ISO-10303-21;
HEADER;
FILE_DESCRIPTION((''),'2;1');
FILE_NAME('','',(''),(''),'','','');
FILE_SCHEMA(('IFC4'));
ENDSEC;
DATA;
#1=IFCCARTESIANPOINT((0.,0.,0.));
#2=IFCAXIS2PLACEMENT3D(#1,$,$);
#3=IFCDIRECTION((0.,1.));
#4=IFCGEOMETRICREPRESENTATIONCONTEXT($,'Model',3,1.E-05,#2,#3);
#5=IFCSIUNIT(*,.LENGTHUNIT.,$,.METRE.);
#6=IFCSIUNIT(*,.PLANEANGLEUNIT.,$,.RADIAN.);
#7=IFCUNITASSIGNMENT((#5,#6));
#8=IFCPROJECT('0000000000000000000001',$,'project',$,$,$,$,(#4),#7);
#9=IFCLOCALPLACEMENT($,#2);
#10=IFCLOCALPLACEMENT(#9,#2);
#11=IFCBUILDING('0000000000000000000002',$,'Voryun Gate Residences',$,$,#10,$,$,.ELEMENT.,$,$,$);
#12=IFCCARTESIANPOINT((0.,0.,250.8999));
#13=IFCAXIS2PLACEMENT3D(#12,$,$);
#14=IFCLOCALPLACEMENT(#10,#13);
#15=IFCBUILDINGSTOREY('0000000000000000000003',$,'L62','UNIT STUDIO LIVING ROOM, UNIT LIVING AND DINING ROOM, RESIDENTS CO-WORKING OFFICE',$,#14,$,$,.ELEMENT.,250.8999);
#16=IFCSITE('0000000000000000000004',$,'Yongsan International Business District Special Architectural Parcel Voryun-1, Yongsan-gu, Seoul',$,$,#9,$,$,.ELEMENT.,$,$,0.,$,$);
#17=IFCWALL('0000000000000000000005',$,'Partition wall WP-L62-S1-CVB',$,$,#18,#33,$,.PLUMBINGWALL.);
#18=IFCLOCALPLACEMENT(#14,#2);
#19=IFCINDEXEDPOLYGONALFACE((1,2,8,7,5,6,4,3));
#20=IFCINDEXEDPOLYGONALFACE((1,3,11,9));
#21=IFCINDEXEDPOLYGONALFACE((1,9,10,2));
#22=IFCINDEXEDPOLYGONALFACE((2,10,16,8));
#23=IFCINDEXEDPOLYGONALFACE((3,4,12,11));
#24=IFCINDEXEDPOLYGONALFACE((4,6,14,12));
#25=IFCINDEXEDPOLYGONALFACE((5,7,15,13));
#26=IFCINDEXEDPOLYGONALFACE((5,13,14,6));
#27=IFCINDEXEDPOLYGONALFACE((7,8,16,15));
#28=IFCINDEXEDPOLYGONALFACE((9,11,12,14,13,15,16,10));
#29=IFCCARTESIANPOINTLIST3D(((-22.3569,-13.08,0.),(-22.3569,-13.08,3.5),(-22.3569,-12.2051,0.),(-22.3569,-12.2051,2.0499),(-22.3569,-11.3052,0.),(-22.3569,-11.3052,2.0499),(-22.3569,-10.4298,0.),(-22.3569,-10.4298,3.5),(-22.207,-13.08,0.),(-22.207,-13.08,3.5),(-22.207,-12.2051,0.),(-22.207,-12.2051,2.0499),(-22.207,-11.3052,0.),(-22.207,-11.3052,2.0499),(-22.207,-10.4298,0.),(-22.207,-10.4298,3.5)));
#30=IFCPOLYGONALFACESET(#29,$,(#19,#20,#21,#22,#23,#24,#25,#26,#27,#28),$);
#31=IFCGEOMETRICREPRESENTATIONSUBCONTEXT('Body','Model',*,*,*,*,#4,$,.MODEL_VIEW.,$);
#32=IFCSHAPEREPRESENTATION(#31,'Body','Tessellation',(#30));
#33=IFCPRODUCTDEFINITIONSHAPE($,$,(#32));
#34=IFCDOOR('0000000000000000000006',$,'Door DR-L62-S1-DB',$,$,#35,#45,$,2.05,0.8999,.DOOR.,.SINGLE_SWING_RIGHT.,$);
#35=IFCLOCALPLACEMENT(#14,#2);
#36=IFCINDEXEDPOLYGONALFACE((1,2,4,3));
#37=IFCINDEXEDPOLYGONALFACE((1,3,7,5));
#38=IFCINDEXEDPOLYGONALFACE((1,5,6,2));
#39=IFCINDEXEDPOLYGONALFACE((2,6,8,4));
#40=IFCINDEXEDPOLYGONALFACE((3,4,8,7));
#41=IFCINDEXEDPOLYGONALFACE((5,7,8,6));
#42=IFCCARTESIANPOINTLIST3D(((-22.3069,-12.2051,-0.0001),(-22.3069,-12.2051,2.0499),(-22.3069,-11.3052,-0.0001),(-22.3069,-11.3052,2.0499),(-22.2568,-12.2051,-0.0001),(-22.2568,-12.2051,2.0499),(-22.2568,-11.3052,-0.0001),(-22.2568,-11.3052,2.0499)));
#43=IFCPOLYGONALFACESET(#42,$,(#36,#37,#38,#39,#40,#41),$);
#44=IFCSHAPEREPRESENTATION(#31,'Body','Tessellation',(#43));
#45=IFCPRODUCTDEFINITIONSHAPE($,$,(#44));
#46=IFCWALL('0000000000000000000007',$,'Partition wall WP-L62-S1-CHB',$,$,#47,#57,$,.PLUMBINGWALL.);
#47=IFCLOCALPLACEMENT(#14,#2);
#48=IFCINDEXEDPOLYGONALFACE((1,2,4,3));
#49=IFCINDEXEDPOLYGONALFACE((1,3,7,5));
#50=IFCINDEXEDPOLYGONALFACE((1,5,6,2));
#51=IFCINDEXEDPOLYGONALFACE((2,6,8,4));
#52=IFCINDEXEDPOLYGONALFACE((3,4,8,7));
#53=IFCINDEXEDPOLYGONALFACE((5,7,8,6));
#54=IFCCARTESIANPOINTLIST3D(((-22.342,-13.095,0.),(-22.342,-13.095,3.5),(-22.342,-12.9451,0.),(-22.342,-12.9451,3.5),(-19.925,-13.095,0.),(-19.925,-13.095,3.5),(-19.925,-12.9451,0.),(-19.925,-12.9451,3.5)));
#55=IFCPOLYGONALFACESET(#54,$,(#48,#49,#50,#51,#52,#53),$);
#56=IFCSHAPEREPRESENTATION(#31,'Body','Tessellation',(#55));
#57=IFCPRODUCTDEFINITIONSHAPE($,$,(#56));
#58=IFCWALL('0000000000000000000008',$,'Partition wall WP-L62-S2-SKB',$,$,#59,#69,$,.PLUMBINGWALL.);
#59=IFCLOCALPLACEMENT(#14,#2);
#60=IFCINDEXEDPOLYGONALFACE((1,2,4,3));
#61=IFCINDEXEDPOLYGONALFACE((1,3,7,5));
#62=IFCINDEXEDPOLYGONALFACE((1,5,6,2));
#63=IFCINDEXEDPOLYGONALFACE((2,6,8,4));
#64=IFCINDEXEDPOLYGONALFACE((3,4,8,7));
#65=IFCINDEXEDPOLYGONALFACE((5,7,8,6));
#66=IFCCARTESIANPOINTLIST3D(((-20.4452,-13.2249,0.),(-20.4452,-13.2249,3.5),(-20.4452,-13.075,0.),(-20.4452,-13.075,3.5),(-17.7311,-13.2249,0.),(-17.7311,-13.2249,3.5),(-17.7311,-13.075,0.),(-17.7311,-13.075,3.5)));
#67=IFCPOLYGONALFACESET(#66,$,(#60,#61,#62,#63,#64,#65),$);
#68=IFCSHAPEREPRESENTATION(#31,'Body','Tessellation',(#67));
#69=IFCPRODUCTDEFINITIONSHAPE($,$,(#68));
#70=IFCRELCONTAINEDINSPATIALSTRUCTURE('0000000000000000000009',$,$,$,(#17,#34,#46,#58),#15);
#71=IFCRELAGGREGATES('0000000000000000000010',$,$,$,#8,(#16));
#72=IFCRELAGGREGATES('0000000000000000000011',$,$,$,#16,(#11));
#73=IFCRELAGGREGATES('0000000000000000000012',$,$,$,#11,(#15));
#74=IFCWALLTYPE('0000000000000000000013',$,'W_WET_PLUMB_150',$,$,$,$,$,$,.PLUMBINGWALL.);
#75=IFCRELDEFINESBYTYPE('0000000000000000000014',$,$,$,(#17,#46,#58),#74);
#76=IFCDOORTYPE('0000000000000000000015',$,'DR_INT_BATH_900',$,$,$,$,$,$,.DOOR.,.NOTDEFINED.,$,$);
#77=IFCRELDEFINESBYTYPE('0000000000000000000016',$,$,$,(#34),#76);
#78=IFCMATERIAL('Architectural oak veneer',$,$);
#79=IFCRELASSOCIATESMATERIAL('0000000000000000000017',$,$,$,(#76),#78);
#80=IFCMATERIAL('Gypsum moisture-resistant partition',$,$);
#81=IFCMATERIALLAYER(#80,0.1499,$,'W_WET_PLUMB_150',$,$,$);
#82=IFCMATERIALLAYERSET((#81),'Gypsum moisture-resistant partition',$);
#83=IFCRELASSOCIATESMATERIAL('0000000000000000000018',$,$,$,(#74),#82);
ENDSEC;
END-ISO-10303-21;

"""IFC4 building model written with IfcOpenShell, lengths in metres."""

from ifc_helpers import new_model, si_unit, direction, frame, frame_2d, origin, place, context, subcontext, project, spatial, rectangle, extrude, material, layer, layer_set, type_object, element, fill, save


model = new_model("IFC4")

# Units and contexts
model_context = context("Model", 3, precision=1e-05, world=origin(), true_north=direction((0.0, 1.0)))
body_context = subcontext(model_context, "Body", "Model", "MODEL_VIEW")
ifc_project = project(units=[si_unit("LENGTHUNIT", "METRE"), si_unit("PLANEANGLEUNIT", "RADIAN")], contexts=[model_context])

# Site, building, storey
site_placement = place(None, origin())
site = spatial("IfcSite", under=ifc_project, at=site_placement, Name="Yongsan International Business District Special Architectural Parcel Voryun-1, Yongsan-gu, Seoul", CompositionType="ELEMENT", RefElevation=0.0)
building_placement = place(site_placement, origin())
building = spatial("IfcBuilding", under=site, at=building_placement, Name="Voryun Gate Residences", CompositionType="ELEMENT")
storey_placement = place(building_placement, frame((0.0, 0.0, 250.8999)))
storey = spatial("IfcBuildingStorey", under=building, at=storey_placement, Name="L62", Description="UNIT STUDIO LIVING ROOM, UNIT LIVING AND DINING ROOM, RESIDENTS CO-WORKING OFFICE", CompositionType="ELEMENT", Elevation=250.8999)

# Shared definitions
ifc_material_1 = material(Name="Architectural oak veneer")
door_type = type_object("IfcDoorType", Name="DR_INT_BATH_900", OperationType="NOTDEFINED", PredefinedType="DOOR", material=ifc_material_1)

# Wall, opening, door
ifc_material_2 = material(Name="Gypsum moisture-resistant partition")
ifc_layer_1 = layer(ifc_material_2, 0.1499, Name="W_WET_PLUMB_150")
ifc_layer_set_1 = layer_set([ifc_layer_1], Name="Gypsum moisture-resistant partition")
wall_type_1 = type_object("IfcWallType", Name="W_WET_PLUMB_150", PredefinedType="PLUMBINGWALL", material=ifc_layer_set_1)
wall_1_placement = place(storey_placement, frame((-22.282, -13.0801, 0.0), z_axis=(0.0, 0.0, 1.0), x_axis=(0.0, 1.0, 0.0)))
wall_1 = element("IfcWall", 1, at=wall_1_placement, inside=storey, type_object=wall_type_1, Name="Partition wall WP-L62-S1-CVB", PredefinedType="PLUMBINGWALL", context=body_context, shape_type="SweptSolid", body=[
    extrude(rectangle(XDim=2.6501, YDim=0.1499, at=frame_2d((1.3252, 0.0))), origin(), (0.0, 0.0, 1.0), 3.5),
])
opening_1_placement = place(wall_1_placement, frame((0.875, 0.0, 0.0)))
opening_1 = element("IfcOpeningElement", 2, at=opening_1_placement, cuts=wall_1, PredefinedType="OPENING", context=body_context, shape_type="SweptSolid", body=[
    extrude(rectangle(XDim=0.8999, YDim=2.05, at=frame_2d((0.45, 1.0249))), frame((0.0, 0.085, 0.0), z_axis=(0.0, -1.0, 0.0), x_axis=(1.0, 0.0, 0.0)), (0.0, 0.0, 1.0), 0.1699),
])
door_1_placement = place(opening_1_placement, origin())
door_1 = element("IfcDoor", 3, at=door_1_placement, inside=storey, type_object=door_type, Name="Door DR-L62-S1-DB", OperationType="SINGLE_SWING_RIGHT", OverallHeight=2.05, OverallWidth=0.8999, PredefinedType="DOOR", context=body_context, shape_type="SweptSolid", body=[
    extrude(rectangle(XDim=0.8999, YDim=2.05, at=frame_2d((0.45, 1.0249))), frame((0.0, 0.0249, 0.0), z_axis=(0.0, -1.0, 0.0), x_axis=(1.0, 0.0, 0.0)), (0.0, 0.0, 1.0), 0.05),
])
fill(opening_1, door_1)

# Walls
wall_2_placement = place(storey_placement, frame((-22.342, -13.02, 0.0), z_axis=(0.0, 0.0, 1.0), x_axis=(1.0, 0.0, 0.0)))
element("IfcWall", 4, at=wall_2_placement, inside=storey, type_object=wall_type_1, Name="Partition wall WP-L62-S1-CHB", PredefinedType="PLUMBINGWALL", context=body_context, shape_type="SweptSolid", body=[
    extrude(rectangle(XDim=2.417, YDim=0.1499, at=frame_2d((1.2085, 0.0))), origin(), (0.0, 0.0, 1.0), 3.5),
])
wall_3_placement = place(storey_placement, frame((-20.4451, -13.1499, 0.0), z_axis=(0.0, 0.0, 1.0), x_axis=(1.0, 0.0, 0.0)))
element("IfcWall", 5, at=wall_3_placement, inside=storey, type_object=wall_type_1, Name="Partition wall WP-L62-S2-SKB", PredefinedType="PLUMBINGWALL", context=body_context, shape_type="SweptSolid", body=[
    extrude(rectangle(XDim=2.7141, YDim=0.1499, at=frame_2d((1.3569, 0.0))), origin(), (0.0, 0.0, 1.0), 3.5),
])

save(model, "model.ifc")
